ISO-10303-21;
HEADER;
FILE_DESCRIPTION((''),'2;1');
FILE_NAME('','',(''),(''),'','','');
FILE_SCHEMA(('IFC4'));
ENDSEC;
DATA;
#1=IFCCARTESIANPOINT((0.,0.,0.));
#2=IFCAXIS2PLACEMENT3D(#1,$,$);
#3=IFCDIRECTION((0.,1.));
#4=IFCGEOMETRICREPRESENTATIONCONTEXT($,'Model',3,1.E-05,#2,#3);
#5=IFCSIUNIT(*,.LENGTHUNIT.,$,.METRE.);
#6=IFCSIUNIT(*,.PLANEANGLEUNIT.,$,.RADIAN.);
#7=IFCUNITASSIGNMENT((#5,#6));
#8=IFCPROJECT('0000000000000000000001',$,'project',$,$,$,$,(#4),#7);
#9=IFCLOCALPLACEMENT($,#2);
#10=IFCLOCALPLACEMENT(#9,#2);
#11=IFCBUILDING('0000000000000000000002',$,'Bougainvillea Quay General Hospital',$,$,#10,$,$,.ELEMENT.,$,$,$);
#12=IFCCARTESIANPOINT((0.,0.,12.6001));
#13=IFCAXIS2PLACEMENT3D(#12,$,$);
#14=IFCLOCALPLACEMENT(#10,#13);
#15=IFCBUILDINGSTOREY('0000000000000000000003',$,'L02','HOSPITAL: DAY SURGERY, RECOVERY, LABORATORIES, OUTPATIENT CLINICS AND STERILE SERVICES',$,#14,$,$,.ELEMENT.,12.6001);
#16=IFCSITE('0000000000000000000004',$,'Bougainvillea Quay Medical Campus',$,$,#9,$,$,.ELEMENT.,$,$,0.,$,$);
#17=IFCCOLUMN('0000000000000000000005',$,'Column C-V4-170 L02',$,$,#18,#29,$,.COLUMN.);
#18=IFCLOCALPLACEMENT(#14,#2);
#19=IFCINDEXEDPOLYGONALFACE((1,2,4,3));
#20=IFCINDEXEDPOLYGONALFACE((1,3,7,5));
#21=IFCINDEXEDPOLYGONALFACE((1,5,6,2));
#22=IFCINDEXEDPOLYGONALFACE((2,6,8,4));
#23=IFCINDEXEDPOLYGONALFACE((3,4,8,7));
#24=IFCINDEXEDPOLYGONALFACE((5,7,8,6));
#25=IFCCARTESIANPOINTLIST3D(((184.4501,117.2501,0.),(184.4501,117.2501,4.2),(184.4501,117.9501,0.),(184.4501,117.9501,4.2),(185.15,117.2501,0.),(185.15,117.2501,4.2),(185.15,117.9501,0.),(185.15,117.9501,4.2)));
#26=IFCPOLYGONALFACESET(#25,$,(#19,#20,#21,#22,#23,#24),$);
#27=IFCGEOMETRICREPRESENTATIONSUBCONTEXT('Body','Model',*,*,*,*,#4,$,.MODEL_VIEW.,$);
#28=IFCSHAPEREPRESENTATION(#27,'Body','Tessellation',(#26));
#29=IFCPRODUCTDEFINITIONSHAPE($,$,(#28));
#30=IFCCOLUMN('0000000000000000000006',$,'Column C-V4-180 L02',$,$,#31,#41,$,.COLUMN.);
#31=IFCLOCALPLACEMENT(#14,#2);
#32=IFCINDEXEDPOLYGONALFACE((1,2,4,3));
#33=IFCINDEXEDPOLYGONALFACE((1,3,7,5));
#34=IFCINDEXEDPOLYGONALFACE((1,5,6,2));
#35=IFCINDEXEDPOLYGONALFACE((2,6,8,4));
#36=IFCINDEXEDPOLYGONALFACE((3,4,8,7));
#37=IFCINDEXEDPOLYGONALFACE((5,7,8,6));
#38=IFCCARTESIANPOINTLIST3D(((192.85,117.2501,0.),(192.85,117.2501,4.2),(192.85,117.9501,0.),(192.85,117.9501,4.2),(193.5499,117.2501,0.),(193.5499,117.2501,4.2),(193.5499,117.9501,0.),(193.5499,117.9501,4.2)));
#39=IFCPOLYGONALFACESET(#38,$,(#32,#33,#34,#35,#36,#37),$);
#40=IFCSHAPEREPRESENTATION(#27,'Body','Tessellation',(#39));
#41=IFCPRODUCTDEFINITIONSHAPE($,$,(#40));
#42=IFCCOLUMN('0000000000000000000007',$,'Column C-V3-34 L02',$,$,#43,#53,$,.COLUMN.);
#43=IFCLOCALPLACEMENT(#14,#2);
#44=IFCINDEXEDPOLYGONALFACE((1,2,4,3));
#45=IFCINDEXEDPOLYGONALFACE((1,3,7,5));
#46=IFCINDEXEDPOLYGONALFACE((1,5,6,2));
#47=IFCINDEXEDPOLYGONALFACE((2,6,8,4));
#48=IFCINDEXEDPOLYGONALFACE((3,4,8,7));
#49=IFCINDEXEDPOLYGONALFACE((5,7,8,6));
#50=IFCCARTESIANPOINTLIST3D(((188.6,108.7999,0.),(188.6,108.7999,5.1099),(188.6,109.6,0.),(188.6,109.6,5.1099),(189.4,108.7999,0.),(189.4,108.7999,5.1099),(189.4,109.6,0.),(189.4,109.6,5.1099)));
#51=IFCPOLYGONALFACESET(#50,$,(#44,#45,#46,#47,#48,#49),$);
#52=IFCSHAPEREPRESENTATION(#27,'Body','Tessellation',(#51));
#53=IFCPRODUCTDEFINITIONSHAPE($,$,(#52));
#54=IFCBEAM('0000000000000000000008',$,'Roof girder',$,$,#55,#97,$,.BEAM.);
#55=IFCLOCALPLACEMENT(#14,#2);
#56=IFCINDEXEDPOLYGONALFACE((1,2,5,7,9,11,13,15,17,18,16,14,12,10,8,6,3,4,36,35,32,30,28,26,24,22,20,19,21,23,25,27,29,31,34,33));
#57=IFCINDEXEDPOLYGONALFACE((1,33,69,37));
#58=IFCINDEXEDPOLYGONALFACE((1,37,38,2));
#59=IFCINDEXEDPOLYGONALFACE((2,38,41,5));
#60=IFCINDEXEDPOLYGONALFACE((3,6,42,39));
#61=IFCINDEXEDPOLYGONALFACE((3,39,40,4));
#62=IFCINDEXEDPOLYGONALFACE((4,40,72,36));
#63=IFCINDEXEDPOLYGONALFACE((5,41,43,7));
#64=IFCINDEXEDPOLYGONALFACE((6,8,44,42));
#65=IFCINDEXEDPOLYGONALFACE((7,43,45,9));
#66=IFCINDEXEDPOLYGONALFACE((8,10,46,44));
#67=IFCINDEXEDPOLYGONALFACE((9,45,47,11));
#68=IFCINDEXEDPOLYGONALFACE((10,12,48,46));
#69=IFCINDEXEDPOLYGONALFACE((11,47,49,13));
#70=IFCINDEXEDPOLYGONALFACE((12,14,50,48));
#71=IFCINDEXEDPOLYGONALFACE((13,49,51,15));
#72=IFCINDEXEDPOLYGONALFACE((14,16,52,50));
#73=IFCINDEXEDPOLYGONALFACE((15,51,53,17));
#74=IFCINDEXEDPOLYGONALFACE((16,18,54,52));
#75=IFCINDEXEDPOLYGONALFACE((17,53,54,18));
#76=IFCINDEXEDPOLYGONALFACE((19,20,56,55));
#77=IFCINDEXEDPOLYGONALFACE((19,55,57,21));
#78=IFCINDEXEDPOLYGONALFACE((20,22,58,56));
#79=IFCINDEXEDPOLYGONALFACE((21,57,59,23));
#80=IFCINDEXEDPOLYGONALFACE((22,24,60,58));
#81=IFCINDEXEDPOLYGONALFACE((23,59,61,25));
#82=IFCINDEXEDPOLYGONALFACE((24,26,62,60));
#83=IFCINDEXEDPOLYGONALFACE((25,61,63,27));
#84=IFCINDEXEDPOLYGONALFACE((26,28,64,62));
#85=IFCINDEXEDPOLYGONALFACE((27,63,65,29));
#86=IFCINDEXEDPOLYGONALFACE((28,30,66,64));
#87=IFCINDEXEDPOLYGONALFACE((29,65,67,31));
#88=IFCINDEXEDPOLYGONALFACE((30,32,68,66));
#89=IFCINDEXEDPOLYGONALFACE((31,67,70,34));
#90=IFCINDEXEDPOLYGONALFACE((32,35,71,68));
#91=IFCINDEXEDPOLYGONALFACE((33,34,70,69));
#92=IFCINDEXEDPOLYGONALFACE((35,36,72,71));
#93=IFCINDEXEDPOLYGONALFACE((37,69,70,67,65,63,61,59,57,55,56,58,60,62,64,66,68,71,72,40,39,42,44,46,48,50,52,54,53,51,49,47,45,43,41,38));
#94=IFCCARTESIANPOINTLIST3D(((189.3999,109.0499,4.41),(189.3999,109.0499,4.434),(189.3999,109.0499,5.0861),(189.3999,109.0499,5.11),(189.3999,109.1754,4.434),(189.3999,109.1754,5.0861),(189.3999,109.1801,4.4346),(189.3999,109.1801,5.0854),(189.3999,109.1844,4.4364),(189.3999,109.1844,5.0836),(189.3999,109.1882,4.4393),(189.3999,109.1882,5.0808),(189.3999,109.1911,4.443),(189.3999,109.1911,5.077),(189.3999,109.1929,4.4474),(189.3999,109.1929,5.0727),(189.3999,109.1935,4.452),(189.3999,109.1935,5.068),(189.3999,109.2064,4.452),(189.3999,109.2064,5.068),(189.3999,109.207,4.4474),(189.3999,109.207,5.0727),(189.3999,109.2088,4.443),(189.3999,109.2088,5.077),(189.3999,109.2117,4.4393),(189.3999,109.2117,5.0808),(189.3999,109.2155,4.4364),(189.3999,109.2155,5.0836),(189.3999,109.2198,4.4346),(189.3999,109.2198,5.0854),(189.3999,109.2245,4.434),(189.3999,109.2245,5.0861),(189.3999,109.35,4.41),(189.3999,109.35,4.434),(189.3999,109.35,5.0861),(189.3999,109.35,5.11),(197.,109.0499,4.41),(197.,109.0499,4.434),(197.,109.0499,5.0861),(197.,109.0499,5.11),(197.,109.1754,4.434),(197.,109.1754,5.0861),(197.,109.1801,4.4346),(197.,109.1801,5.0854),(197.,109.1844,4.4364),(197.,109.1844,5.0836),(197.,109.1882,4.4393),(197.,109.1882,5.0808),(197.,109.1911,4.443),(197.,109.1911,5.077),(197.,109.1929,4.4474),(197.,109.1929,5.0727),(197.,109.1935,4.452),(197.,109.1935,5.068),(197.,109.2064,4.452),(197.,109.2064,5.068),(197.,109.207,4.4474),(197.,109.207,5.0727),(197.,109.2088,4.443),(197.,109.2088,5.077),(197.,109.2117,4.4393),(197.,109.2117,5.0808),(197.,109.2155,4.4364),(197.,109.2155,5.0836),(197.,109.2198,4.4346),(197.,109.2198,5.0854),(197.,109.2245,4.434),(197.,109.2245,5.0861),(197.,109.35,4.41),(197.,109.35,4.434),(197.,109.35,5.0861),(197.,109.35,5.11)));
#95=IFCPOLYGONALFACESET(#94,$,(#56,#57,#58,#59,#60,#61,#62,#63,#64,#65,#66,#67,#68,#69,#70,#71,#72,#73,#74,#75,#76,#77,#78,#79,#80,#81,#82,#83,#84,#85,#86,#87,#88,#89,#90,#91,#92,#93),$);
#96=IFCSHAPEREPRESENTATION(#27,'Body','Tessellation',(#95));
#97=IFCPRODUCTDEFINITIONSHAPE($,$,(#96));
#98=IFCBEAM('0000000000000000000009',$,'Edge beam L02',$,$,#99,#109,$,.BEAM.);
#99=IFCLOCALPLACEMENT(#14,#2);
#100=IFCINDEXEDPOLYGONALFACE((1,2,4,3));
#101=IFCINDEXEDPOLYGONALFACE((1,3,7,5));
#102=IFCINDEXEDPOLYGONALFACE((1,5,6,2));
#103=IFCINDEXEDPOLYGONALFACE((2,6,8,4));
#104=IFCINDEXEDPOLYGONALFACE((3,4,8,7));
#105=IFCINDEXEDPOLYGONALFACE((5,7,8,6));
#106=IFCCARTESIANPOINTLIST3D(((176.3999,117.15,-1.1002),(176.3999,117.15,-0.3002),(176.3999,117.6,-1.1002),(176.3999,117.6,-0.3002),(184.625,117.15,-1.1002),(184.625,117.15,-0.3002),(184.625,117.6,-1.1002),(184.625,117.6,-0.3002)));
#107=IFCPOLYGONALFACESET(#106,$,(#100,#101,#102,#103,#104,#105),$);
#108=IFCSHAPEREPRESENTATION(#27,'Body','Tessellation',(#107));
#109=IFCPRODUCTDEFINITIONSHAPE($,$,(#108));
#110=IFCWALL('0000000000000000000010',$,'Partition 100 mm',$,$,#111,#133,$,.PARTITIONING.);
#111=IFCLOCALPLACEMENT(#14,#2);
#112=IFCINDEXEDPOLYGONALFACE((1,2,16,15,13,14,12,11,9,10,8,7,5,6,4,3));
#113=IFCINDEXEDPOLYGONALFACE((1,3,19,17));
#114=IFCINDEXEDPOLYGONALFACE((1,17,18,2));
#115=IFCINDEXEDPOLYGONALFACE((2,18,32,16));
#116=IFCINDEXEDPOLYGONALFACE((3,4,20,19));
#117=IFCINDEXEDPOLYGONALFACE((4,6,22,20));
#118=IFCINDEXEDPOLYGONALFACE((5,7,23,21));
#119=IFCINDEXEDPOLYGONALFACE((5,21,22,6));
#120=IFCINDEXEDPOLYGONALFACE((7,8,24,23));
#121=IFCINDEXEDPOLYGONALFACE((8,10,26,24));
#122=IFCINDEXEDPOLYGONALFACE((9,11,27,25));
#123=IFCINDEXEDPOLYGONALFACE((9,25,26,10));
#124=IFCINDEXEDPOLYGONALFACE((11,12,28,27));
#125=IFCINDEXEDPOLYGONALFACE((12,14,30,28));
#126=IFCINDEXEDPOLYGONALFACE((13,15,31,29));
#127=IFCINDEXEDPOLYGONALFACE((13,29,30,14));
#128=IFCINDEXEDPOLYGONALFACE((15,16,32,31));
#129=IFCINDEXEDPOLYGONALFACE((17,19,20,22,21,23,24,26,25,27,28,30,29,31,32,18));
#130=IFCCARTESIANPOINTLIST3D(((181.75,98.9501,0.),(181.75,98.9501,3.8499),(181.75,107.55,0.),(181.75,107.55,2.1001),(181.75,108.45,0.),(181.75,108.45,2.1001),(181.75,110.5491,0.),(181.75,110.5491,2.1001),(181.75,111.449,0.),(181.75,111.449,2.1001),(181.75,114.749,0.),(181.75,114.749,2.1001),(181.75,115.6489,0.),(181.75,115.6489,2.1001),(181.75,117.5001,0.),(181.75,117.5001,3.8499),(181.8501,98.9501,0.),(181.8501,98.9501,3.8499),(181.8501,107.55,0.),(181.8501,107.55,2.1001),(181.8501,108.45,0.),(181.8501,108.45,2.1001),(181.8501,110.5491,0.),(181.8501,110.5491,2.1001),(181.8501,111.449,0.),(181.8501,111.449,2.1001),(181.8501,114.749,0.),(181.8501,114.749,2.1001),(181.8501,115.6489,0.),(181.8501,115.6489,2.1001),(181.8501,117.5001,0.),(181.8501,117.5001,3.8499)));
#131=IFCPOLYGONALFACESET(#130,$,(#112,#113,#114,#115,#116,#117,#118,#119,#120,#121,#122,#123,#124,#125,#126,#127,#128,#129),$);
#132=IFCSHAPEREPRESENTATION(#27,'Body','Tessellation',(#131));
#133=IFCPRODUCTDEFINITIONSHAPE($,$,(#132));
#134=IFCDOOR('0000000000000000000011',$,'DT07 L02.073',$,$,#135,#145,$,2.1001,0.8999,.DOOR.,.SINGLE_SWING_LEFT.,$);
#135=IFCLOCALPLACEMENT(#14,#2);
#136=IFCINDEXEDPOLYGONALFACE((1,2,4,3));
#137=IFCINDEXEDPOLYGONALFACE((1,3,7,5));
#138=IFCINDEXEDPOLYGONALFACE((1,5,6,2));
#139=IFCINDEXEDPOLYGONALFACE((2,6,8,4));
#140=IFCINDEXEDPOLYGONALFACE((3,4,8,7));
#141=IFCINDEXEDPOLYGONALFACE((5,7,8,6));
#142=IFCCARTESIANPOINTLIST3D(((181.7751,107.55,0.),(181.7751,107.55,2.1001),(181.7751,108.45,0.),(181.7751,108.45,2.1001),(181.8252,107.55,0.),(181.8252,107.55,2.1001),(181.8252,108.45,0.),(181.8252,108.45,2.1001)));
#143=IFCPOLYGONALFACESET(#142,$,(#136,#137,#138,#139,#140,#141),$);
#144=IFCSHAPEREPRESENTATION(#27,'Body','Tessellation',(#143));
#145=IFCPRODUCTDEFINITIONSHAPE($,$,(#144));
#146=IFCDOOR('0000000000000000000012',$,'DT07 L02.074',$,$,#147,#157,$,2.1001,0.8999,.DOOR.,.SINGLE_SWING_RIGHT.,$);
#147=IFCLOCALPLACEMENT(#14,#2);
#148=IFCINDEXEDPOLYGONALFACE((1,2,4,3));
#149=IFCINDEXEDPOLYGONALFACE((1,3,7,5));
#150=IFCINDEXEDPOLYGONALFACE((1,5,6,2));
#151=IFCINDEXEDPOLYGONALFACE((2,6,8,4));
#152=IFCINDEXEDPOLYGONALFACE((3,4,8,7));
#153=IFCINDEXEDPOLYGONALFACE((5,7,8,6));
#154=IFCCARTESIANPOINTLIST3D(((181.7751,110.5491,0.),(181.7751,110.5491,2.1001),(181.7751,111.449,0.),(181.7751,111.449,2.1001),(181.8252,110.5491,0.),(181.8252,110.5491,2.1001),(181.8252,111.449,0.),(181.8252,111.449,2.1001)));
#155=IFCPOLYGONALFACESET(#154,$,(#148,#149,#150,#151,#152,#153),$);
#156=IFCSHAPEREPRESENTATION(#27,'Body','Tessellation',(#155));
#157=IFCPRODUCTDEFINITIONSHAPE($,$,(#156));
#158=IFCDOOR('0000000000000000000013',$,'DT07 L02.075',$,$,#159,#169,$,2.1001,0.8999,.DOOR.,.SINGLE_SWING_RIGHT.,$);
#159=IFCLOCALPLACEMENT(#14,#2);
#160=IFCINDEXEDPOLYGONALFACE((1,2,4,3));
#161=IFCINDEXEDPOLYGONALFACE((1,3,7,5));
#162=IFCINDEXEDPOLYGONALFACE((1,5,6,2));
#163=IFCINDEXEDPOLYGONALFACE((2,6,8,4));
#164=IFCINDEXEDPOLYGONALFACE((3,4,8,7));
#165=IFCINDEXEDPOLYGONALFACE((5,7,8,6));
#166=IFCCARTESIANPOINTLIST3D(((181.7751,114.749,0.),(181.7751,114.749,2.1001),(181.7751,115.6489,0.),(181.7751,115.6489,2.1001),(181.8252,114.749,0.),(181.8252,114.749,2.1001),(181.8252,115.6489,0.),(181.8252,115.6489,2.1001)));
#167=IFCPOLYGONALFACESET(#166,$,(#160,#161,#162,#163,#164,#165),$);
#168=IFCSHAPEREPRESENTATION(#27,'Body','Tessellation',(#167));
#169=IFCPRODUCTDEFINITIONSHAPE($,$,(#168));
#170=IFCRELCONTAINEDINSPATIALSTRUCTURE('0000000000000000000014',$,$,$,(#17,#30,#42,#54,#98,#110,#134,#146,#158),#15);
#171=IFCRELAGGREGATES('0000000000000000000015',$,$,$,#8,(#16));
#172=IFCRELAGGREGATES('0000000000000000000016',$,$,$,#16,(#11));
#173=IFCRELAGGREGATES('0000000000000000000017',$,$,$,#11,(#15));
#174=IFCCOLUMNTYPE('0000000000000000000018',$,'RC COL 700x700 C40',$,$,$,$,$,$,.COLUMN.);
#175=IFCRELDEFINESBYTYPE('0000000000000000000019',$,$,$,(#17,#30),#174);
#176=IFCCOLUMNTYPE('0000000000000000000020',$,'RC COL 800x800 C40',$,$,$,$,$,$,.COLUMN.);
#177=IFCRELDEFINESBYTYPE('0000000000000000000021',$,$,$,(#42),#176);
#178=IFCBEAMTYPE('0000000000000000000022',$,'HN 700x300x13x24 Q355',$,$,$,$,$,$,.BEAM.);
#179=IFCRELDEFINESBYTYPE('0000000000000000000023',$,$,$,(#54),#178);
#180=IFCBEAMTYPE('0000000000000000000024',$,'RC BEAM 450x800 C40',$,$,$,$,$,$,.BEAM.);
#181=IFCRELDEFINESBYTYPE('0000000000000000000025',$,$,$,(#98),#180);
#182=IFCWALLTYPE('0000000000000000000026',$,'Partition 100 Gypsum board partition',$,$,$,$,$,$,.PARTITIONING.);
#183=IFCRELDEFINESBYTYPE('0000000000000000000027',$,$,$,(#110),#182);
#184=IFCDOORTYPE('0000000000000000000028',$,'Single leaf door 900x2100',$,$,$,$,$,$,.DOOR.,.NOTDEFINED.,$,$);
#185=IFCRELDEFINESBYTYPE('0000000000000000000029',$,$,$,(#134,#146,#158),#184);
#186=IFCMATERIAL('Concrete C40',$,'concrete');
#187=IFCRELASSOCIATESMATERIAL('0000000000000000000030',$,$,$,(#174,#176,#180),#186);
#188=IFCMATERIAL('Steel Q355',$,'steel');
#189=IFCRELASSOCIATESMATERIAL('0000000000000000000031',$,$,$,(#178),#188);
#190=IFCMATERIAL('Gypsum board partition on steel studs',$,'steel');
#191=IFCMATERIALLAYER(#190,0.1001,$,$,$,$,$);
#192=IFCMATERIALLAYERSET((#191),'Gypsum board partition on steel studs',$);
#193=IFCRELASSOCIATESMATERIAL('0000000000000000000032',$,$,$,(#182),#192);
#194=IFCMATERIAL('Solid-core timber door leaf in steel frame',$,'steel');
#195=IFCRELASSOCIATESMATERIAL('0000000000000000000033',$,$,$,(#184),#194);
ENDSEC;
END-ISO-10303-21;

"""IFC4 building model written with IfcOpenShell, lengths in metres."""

from ifc_helpers import new_model, si_unit, direction, frame, frame_2d, origin, origin_2d, place, context, subcontext, project, spatial, rectangle, i_section, extrude, material, layer, layer_set, material_profile, profile_set, type_object, element, fill, save


model = new_model("IFC4")

# Units and contexts
model_context = context("Model", 3, precision=1e-05, world=origin(), true_north=direction((0.0, 1.0)))
body_context = subcontext(model_context, "Body", "Model", "MODEL_VIEW")
ifc_project = project(units=[si_unit("LENGTHUNIT", "METRE"), si_unit("PLANEANGLEUNIT", "RADIAN")], contexts=[model_context])

# Site, building, storey
site_placement = place(None, origin())
site = spatial("IfcSite", under=ifc_project, at=site_placement, Name="Bougainvillea Quay Medical Campus", CompositionType="ELEMENT", RefElevation=0.0)
building_placement = place(site_placement, origin())
building = spatial("IfcBuilding", under=site, at=building_placement, Name="Bougainvillea Quay General Hospital", CompositionType="ELEMENT")
storey_placement = place(building_placement, frame((0.0, 0.0, 12.6001)))
storey = spatial("IfcBuildingStorey", under=building, at=storey_placement, Name="L02", Description="HOSPITAL: DAY SURGERY, RECOVERY, LABORATORIES, OUTPATIENT CLINICS AND STERILE SERVICES", CompositionType="ELEMENT", Elevation=12.6001)

# Columns
ifc_material_1 = material(Name="Concrete C40", Category="concrete")
ifc_material_profile_1 = material_profile(ifc_material_1, rectangle(XDim=0.7, YDim=0.7, at=origin_2d()))
ifc_profile_set_1 = profile_set([ifc_material_profile_1], Name="Concrete C40")
column_type_1 = type_object("IfcColumnType", Name="RC COL 700x700 C40", PredefinedType="COLUMN", material=ifc_profile_set_1)
for number, where, z_axis, x_axis, name in (
    (1, (184.8, 117.6001, 0.0), (0.0, 0.0, 1.0), (1.0, 0.0, 0.0), "Column C-V4-170 L02"),
    (2, (193.2, 117.6001, 0.0), (0.0, 0.0, 1.0), (1.0, 0.0, 0.0), "Column C-V4-180 L02"),
):
    element("IfcColumn", number, at=place(storey_placement, frame(where, z_axis=z_axis, x_axis=x_axis)), inside=storey, type_object=column_type_1, Name=name, PredefinedType="COLUMN", context=body_context, shape_type="SweptSolid", body=[
        extrude(rectangle(XDim=0.7, YDim=0.7, at=origin_2d()), origin(), (0.0, 0.0, 1.0), 4.2),
    ])
ifc_material_profile_2 = material_profile(ifc_material_1, rectangle(XDim=0.8, YDim=0.8, at=origin_2d()))
ifc_profile_set_2 = profile_set([ifc_material_profile_2], Name="Concrete C40")
column_type_2 = type_object("IfcColumnType", Name="RC COL 800x800 C40", PredefinedType="COLUMN", material=ifc_profile_set_2)
column_placement = place(storey_placement, frame((189.0, 109.2, 0.0), z_axis=(0.0, 0.0, 1.0), x_axis=(1.0, 0.0, 0.0)))
element("IfcColumn", 3, at=column_placement, inside=storey, type_object=column_type_2, Name="Column C-V3-34 L02", PredefinedType="COLUMN", context=body_context, shape_type="SweptSolid", body=[
    extrude(rectangle(XDim=0.8, YDim=0.8, at=origin_2d()), origin(), (0.0, 0.0, 1.0), 5.1099),
])

# Beams
ifc_material_2 = material(Name="Steel Q355", Category="steel")
ifc_material_profile_3 = material_profile(ifc_material_2, i_section(OverallWidth=0.3, OverallDepth=0.7, WebThickness=0.0129, FlangeThickness=0.0239, FilletRadius=0.0181, at=origin_2d()))
ifc_profile_set_3 = profile_set([ifc_material_profile_3], Name="Steel Q355")
beam_type_1 = type_object("IfcBeamType", Name="HN 700x300x13x24 Q355", PredefinedType="BEAM", material=ifc_profile_set_3)
beam_1_placement = place(storey_placement, frame((189.3999, 109.2, 4.76), z_axis=(1.0, 0.0, 0.0), x_axis=(0.0, 1.0, 0.0)))
element("IfcBeam", 4, at=beam_1_placement, inside=storey, type_object=beam_type_1, Name="Roof girder", PredefinedType="BEAM", context=body_context, shape_type="SweptSolid", body=[
    extrude(i_section(OverallWidth=0.3, OverallDepth=0.7, WebThickness=0.0129, FlangeThickness=0.0239, FilletRadius=0.0181, at=origin_2d()), origin(), (0.0, 0.0, 1.0), 7.6001),
])
ifc_material_profile_4 = material_profile(ifc_material_1, rectangle(XDim=0.45, YDim=0.8, at=origin_2d()))
ifc_profile_set_4 = profile_set([ifc_material_profile_4], Name="Concrete C40")
beam_type_2 = type_object("IfcBeamType", Name="RC BEAM 450x800 C40", PredefinedType="BEAM", material=ifc_profile_set_4)
beam_2_placement = place(storey_placement, frame((184.625, 117.375, -0.7002), z_axis=(-1.0, 0.0, 0.0), x_axis=(0.0, -1.0, 0.0)))
element("IfcBeam", 5, at=beam_2_placement, inside=storey, type_object=beam_type_2, Name="Edge beam L02", PredefinedType="BEAM", context=body_context, shape_type="SweptSolid", body=[
    extrude(rectangle(XDim=0.45, YDim=0.8, at=origin_2d()), origin(), (0.0, 0.0, 1.0), 8.2251),
])

# Wall, openings, doors
ifc_material_3 = material(Name="Gypsum board partition on steel studs", Category="steel")
ifc_layer_1 = layer(ifc_material_3, 0.1001)
ifc_layer_set_1 = layer_set([ifc_layer_1], Name="Gypsum board partition on steel studs")
wall_type_1 = type_object("IfcWallType", Name="Partition 100 Gypsum board partition", PredefinedType="PARTITIONING", material=ifc_layer_set_1)
wall_1_placement = place(storey_placement, frame((181.8, 117.5, 0.0), z_axis=(0.0, 0.0, 1.0), x_axis=(0.0, -1.0, 0.0)))
wall_1 = element("IfcWall", 6, at=wall_1_placement, inside=storey, type_object=wall_type_1, Name="Partition 100 mm", PredefinedType="PARTITIONING", context=body_context, shape_type="SweptSolid", body=[
    extrude(rectangle(XDim=18.55, YDim=0.1001, at=frame_2d((9.2749, 0.0))), origin(), (0.0, 0.0, 1.0), 3.8499),
])
opening_1_placement = place(wall_1_placement, frame((9.05, 0.0, 0.0)))
opening_1 = element("IfcOpeningElement", 7, at=opening_1_placement, cuts=wall_1, PredefinedType="OPENING", context=body_context, shape_type="SweptSolid", body=[
    extrude(rectangle(XDim=0.8999, YDim=2.1001, at=frame_2d((0.45, 1.05))), frame((0.0, 0.0601, 0.0), z_axis=(0.0, -1.0, 0.0), x_axis=(1.0, 0.0, 0.0)), (0.0, 0.0, 1.0), 0.1201),
])
opening_2_placement = place(wall_1_placement, frame((6.051, 0.0, 0.0)))
opening_2 = element("IfcOpeningElement", 8, at=opening_2_placement, cuts=wall_1, PredefinedType="OPENING", context=body_context, shape_type="SweptSolid", body=[
    extrude(rectangle(XDim=0.8999, YDim=2.1001, at=frame_2d((0.45, 1.05))), frame((0.0, 0.0601, 0.0), z_axis=(0.0, -1.0, 0.0), x_axis=(1.0, 0.0, 0.0)), (0.0, 0.0, 1.0), 0.1201),
])
opening_3_placement = place(wall_1_placement, frame((1.8511, 0.0, 0.0)))
opening_3 = element("IfcOpeningElement", 9, at=opening_3_placement, cuts=wall_1, PredefinedType="OPENING", context=body_context, shape_type="SweptSolid", body=[
    extrude(rectangle(XDim=0.8999, YDim=2.1001, at=frame_2d((0.45, 1.05))), frame((0.0, 0.0601, 0.0), z_axis=(0.0, -1.0, 0.0), x_axis=(1.0, 0.0, 0.0)), (0.0, 0.0, 1.0), 0.1201),
])
ifc_material_4 = material(Name="Solid-core timber door leaf in steel frame", Category="steel")
door_type_1 = type_object("IfcDoorType", Name="Single leaf door 900x2100", OperationType="NOTDEFINED", PredefinedType="DOOR", material=ifc_material_4)
door_1_placement = place(opening_1_placement, frame((0.8999, 0.0, 0.0), z_axis=(0.0, 0.0, 1.0), x_axis=(-1.0, 0.0, 0.0)))
door_1 = element("IfcDoor", 10, at=door_1_placement, inside=storey, type_object=door_type_1, Name="DT07 L02.073", OperationType="SINGLE_SWING_LEFT", OverallHeight=2.1001, OverallWidth=0.8999, PredefinedType="DOOR", context=body_context, shape_type="SweptSolid", body=[
    extrude(rectangle(XDim=0.8999, YDim=2.1001, at=frame_2d((0.45, 1.05))), frame((0.0, 0.0249, 0.0), z_axis=(0.0, -1.0, 0.0), x_axis=(1.0, 0.0, 0.0)), (0.0, 0.0, 1.0), 0.05),
])
fill(opening_1, door_1)
door_2_placement = place(opening_2_placement, frame((0.8999, 0.0, 0.0), z_axis=(0.0, 0.0, 1.0), x_axis=(-1.0, 0.0, 0.0)))
door_2 = element("IfcDoor", 11, at=door_2_placement, inside=storey, type_object=door_type_1, Name="DT07 L02.074", OperationType="SINGLE_SWING_RIGHT", OverallHeight=2.1001, OverallWidth=0.8999, PredefinedType="DOOR", context=body_context, shape_type="SweptSolid", body=[
    extrude(rectangle(XDim=0.8999, YDim=2.1001, at=frame_2d((0.45, 1.05))), frame((0.0, 0.0249, 0.0), z_axis=(0.0, -1.0, 0.0), x_axis=(1.0, 0.0, 0.0)), (0.0, 0.0, 1.0), 0.05),
])
fill(opening_2, door_2)
door_3_placement = place(opening_3_placement, frame((0.8999, 0.0, 0.0), z_axis=(0.0, 0.0, 1.0), x_axis=(-1.0, 0.0, 0.0)))
door_3 = element("IfcDoor", 12, at=door_3_placement, inside=storey, type_object=door_type_1, Name="DT07 L02.075", OperationType="SINGLE_SWING_RIGHT", OverallHeight=2.1001, OverallWidth=0.8999, PredefinedType="DOOR", context=body_context, shape_type="SweptSolid", body=[
    extrude(rectangle(XDim=0.8999, YDim=2.1001, at=frame_2d((0.45, 1.05))), frame((0.0, 0.0249, 0.0), z_axis=(0.0, -1.0, 0.0), x_axis=(1.0, 0.0, 0.0)), (0.0, 0.0, 1.0), 0.05),
])
fill(opening_3, door_3)

save(model, "model.ifc")
